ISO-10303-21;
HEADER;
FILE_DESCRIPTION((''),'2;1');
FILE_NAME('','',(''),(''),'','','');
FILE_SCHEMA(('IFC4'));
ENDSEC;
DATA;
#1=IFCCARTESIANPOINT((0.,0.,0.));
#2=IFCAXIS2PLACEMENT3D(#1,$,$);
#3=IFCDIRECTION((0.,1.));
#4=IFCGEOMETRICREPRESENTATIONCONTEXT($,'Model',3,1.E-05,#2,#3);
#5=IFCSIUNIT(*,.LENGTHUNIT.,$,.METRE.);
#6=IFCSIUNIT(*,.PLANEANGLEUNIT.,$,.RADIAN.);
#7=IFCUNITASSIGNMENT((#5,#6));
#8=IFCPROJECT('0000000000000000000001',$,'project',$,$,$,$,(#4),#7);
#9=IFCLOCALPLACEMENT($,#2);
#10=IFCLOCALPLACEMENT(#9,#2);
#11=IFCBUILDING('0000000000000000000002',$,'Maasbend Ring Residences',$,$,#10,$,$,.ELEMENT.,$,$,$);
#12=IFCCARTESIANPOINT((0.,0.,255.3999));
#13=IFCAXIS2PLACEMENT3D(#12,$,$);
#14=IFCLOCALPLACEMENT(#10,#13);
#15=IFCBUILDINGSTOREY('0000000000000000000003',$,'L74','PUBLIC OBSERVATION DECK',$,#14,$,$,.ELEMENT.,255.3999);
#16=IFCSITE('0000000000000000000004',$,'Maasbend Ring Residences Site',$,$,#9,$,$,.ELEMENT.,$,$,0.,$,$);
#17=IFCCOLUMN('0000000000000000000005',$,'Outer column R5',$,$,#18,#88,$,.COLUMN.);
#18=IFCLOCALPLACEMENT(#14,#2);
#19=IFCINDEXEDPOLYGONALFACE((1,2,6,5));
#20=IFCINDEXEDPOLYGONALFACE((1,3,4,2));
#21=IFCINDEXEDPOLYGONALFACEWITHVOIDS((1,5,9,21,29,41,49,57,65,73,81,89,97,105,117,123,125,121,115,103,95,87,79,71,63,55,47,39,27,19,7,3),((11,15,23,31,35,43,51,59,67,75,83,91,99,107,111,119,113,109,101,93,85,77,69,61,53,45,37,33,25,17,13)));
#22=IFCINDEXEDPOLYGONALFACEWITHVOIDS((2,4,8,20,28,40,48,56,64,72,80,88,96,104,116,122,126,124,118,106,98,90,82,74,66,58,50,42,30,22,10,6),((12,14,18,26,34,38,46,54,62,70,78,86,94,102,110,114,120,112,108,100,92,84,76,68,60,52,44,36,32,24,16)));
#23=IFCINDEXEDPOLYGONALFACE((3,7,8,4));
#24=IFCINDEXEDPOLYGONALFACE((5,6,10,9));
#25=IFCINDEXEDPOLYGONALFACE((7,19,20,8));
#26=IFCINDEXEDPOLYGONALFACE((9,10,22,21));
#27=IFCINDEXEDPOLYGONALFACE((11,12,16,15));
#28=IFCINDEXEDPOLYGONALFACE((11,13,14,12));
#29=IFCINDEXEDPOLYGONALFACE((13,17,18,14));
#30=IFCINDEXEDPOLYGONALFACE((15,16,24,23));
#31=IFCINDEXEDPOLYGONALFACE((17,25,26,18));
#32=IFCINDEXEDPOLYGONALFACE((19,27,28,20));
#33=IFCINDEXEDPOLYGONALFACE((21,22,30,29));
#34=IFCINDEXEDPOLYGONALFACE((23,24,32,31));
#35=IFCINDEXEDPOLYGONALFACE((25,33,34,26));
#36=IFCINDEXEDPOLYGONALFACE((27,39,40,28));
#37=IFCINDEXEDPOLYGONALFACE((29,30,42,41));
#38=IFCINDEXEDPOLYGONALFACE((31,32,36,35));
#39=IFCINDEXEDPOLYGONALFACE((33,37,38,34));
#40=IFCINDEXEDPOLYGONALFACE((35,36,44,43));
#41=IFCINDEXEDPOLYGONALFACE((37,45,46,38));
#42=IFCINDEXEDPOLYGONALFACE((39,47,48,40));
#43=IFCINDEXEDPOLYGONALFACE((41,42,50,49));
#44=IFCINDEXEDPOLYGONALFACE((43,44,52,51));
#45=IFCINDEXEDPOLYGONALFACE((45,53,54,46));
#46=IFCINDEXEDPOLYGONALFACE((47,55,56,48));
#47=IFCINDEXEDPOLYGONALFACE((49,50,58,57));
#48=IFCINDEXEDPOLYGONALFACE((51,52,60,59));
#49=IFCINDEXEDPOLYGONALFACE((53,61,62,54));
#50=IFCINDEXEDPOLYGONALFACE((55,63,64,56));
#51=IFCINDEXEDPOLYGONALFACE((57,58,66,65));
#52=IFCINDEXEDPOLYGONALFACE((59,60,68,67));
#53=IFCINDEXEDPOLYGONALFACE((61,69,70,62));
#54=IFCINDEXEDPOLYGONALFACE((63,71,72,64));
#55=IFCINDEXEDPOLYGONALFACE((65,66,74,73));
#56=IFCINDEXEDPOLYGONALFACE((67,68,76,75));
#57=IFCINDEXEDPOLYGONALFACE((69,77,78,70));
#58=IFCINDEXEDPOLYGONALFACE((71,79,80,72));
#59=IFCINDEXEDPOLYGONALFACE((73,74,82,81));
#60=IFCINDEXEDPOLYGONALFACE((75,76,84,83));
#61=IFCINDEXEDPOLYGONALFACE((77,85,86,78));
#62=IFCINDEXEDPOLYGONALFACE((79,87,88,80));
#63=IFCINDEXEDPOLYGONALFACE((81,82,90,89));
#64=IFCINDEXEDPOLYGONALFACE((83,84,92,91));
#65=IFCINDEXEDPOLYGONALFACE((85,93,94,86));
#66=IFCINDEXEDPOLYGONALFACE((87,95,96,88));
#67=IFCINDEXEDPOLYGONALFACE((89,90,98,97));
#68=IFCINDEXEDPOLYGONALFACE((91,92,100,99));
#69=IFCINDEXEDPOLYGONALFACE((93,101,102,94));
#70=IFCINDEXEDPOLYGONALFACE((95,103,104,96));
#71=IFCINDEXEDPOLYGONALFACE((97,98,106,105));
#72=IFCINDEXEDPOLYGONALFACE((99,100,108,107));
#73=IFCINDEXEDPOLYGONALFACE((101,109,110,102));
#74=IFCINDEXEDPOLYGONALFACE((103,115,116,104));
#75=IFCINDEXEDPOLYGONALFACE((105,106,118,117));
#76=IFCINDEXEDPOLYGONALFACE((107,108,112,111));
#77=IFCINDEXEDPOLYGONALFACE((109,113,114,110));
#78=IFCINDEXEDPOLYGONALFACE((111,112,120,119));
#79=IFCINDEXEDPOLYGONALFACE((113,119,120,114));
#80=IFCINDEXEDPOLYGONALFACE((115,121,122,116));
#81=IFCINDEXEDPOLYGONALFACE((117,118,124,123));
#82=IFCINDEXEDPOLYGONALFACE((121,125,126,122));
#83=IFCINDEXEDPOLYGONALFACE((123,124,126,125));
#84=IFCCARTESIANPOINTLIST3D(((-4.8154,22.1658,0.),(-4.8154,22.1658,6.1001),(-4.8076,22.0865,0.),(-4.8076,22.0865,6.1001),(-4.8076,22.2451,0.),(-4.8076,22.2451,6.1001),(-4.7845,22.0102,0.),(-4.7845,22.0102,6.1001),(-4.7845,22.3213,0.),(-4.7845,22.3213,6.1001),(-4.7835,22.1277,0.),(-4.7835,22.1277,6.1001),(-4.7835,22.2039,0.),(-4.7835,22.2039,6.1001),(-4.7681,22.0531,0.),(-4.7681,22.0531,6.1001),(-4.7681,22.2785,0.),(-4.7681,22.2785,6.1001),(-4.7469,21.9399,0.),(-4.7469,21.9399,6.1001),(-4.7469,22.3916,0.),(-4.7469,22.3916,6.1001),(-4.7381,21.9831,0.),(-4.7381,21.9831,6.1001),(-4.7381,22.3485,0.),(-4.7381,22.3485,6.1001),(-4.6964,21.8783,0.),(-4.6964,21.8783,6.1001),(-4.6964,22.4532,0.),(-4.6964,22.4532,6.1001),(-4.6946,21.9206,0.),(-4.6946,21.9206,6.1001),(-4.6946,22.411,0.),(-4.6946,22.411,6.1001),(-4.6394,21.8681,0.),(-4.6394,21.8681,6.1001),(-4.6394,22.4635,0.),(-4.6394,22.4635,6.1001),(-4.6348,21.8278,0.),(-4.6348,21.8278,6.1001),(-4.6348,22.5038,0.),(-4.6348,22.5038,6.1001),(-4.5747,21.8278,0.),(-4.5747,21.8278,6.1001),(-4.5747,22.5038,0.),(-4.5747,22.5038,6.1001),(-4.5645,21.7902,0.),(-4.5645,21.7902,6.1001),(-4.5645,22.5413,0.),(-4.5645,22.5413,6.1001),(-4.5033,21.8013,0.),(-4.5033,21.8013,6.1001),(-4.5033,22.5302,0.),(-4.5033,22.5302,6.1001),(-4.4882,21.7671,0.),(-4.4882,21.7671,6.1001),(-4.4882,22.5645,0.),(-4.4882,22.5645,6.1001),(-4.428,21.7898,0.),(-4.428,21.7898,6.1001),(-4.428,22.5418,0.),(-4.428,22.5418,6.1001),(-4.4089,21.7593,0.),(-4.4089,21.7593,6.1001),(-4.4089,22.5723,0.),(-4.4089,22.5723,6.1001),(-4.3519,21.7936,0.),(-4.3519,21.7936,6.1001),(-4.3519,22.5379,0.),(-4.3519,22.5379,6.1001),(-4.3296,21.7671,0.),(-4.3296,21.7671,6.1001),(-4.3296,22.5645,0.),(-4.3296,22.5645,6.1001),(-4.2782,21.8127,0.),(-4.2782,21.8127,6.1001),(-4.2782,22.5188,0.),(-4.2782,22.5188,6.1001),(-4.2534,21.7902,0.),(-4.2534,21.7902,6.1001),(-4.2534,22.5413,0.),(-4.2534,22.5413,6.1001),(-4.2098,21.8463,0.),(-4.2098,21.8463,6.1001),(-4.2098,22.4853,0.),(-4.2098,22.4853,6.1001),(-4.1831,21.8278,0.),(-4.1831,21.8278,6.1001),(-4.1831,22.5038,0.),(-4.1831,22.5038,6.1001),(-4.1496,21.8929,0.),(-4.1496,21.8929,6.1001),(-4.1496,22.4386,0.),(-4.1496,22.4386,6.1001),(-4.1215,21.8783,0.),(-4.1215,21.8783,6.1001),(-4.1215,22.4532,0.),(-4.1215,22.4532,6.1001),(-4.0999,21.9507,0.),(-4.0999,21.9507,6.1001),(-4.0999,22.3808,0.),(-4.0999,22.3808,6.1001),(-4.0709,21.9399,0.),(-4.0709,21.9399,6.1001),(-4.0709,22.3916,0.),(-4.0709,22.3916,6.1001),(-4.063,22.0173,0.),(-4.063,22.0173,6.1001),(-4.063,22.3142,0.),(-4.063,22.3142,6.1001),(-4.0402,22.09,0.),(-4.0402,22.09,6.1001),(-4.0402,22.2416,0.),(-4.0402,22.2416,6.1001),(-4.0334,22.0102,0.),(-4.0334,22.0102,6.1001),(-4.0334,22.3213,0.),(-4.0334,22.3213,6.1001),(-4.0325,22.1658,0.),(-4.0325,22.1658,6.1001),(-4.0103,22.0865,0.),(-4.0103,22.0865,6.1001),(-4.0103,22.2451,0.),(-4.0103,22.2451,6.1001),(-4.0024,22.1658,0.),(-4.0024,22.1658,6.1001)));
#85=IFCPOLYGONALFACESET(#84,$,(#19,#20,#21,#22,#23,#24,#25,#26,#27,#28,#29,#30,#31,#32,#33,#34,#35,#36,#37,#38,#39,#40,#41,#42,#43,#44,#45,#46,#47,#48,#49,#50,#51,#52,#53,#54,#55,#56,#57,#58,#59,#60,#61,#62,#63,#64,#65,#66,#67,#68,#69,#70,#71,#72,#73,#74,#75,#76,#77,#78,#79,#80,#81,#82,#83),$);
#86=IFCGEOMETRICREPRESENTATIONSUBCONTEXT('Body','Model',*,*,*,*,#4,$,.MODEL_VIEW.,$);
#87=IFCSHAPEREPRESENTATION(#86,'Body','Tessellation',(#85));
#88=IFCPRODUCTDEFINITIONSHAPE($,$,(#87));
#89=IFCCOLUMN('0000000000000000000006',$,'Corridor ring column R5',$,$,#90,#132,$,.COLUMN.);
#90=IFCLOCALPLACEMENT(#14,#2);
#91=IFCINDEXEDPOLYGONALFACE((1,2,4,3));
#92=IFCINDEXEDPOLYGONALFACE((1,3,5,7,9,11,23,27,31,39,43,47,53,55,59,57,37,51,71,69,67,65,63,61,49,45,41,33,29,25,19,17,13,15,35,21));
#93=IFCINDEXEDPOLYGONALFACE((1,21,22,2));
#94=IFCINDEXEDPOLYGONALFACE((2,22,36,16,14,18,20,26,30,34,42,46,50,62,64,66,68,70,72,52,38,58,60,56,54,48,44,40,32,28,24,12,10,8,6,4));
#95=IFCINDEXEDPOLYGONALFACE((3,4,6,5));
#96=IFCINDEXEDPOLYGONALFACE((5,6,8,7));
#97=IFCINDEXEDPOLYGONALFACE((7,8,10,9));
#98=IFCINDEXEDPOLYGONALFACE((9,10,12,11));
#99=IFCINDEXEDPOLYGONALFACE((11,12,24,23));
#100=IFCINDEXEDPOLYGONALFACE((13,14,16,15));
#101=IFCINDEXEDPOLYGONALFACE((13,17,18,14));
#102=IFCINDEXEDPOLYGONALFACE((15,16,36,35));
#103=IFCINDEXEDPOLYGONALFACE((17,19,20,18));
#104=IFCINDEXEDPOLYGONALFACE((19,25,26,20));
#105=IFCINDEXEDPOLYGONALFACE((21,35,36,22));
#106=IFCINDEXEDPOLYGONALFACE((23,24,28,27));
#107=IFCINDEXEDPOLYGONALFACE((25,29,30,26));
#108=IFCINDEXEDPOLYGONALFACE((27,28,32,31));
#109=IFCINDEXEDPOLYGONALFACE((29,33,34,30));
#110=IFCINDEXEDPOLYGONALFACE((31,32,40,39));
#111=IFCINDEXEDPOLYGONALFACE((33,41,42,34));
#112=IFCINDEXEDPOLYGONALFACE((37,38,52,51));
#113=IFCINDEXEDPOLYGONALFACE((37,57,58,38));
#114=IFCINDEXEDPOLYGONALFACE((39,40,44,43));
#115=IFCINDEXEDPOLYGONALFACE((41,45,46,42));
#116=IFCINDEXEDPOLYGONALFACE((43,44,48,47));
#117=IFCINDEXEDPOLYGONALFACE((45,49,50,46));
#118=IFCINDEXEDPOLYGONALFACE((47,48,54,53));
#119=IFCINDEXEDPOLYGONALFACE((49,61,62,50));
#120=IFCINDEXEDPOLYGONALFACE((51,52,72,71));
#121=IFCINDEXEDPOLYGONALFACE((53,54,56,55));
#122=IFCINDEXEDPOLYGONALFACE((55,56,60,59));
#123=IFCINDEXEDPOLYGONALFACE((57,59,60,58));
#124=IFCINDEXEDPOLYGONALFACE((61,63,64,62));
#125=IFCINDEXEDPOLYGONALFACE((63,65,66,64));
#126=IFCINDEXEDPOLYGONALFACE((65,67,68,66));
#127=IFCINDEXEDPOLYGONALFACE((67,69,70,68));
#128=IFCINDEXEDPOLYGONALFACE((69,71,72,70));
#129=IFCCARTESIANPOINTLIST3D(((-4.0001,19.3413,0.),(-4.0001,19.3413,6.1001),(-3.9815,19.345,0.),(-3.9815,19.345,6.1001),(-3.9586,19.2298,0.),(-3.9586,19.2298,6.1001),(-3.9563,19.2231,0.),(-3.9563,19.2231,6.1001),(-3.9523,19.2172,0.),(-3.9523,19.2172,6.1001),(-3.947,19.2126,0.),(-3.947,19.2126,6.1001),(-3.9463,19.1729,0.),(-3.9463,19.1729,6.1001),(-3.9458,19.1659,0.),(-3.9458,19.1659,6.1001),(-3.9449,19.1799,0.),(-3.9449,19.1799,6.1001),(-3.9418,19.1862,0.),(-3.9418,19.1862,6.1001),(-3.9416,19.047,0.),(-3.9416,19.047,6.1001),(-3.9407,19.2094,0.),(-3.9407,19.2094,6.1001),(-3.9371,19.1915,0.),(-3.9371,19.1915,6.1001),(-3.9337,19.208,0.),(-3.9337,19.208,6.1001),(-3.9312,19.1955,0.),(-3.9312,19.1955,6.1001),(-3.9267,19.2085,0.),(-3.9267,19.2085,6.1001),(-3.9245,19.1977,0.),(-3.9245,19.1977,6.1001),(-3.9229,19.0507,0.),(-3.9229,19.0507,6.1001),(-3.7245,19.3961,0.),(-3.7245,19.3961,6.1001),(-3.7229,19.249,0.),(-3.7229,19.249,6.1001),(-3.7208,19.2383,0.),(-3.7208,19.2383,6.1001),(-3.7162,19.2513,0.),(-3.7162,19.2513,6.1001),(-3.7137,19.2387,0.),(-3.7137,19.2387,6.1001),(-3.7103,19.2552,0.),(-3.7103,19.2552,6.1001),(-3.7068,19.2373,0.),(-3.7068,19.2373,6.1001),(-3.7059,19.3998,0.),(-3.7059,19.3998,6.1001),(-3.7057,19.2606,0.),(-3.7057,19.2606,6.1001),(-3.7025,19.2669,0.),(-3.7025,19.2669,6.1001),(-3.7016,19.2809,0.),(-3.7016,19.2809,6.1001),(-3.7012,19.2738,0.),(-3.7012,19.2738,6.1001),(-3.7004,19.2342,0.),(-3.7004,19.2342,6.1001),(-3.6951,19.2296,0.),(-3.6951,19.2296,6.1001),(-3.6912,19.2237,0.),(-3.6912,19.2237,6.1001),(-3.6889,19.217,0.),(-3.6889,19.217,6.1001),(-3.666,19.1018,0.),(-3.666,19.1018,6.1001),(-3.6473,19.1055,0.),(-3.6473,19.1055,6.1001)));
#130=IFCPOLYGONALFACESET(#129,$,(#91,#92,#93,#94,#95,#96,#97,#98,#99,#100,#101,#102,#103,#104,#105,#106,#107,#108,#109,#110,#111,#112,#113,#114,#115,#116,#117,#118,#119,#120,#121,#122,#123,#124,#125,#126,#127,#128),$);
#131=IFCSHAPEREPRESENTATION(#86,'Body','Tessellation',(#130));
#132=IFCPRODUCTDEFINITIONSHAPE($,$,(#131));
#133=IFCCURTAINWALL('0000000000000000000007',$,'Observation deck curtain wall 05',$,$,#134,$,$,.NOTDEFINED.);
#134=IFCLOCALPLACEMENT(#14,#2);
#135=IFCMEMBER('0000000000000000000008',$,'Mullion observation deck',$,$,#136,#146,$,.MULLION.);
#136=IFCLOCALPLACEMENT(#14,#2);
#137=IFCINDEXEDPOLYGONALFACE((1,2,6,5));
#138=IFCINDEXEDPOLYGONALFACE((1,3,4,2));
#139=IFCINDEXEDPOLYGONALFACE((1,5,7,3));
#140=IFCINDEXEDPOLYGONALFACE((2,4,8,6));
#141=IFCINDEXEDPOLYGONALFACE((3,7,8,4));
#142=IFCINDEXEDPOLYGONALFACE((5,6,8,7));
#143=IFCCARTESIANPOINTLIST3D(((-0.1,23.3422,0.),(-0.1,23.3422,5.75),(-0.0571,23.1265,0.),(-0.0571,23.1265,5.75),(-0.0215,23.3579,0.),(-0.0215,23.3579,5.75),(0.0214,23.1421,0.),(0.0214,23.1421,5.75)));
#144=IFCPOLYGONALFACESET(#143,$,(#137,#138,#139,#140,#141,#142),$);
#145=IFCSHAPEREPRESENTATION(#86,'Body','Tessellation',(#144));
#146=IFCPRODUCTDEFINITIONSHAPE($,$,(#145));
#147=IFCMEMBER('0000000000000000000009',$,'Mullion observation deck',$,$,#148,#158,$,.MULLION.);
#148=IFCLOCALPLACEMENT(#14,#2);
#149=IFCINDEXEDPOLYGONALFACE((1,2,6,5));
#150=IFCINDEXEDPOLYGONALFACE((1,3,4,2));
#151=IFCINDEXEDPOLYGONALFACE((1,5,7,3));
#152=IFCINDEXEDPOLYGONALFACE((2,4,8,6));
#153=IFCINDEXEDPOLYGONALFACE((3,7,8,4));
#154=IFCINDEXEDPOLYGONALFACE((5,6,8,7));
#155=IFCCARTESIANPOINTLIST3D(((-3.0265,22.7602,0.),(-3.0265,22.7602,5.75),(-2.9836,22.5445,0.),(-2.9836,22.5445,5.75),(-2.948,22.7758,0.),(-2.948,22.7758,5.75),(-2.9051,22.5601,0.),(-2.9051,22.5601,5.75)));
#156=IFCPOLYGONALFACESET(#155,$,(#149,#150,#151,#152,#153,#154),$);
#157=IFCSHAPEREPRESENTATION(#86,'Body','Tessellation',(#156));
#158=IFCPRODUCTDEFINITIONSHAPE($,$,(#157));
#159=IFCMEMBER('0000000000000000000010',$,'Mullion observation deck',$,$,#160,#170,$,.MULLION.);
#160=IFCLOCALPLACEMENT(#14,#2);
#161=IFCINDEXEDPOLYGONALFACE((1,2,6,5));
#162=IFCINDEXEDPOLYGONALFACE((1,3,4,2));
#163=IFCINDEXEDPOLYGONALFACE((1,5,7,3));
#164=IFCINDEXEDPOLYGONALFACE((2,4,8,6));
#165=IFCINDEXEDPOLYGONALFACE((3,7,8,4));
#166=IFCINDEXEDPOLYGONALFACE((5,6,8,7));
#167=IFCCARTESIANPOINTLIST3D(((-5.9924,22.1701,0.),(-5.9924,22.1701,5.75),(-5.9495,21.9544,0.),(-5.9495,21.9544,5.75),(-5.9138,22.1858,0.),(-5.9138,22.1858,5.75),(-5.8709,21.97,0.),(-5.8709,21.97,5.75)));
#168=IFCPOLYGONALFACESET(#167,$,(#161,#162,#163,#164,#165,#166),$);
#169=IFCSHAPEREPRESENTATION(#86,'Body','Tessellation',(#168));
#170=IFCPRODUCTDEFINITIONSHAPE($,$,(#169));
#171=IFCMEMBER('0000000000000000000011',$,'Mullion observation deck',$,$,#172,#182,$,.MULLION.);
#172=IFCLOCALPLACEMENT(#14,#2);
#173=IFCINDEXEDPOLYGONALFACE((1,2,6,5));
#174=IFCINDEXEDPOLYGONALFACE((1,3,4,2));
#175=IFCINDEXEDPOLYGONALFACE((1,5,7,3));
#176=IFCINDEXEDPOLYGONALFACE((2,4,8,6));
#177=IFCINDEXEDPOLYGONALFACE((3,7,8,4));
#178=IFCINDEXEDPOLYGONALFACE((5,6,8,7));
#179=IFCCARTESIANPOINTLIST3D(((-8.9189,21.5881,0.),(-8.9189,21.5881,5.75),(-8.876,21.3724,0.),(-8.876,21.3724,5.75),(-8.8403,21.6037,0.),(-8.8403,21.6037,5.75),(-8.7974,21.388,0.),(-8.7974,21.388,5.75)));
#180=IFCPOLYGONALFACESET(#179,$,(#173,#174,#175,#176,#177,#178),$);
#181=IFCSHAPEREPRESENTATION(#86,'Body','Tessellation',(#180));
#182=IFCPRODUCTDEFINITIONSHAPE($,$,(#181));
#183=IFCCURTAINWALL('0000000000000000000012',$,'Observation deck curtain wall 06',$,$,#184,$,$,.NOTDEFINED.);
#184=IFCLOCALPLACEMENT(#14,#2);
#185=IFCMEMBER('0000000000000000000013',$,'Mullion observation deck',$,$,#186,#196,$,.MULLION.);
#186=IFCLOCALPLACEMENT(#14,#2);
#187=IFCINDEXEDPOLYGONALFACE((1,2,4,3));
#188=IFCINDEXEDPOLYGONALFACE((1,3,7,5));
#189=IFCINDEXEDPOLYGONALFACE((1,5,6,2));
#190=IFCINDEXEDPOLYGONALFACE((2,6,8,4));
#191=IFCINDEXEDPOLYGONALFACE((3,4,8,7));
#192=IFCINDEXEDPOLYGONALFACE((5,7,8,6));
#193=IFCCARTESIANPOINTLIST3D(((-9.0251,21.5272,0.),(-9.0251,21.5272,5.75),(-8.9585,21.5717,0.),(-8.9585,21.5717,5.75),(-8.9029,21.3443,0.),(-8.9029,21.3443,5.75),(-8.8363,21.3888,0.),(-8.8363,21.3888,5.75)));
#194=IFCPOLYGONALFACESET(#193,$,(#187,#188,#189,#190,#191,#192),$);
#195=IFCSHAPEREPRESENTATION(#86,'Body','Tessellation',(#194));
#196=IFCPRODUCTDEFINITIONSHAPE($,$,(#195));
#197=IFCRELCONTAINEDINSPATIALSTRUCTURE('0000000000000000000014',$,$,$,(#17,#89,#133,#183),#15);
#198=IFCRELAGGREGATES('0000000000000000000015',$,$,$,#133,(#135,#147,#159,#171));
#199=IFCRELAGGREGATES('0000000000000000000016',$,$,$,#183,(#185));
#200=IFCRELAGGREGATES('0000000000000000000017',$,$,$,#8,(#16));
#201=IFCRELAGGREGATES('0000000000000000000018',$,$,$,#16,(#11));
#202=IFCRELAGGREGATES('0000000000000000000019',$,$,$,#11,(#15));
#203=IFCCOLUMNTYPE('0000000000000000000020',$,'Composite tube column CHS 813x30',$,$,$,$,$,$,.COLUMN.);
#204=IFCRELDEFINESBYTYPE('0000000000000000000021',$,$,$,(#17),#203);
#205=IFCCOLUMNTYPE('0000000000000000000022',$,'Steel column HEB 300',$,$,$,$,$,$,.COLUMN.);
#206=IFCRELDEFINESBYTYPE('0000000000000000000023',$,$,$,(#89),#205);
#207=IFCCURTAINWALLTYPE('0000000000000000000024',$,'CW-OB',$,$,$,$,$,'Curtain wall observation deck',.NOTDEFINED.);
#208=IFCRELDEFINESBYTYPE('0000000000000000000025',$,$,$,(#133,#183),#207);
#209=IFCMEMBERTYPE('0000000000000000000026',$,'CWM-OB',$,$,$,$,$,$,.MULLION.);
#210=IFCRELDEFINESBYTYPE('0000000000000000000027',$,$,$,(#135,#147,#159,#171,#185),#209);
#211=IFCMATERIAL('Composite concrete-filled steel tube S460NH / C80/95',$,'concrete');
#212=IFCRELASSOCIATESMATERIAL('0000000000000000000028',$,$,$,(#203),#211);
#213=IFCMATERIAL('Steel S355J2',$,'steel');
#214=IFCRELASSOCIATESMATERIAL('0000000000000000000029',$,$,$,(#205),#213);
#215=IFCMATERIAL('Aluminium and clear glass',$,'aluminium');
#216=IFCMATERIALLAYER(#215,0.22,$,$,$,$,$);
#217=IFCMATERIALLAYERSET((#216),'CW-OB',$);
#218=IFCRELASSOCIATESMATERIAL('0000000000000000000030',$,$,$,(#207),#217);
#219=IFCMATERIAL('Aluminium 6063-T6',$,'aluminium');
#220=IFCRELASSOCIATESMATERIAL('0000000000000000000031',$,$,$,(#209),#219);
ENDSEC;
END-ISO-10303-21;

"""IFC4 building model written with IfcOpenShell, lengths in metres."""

from ifc_helpers import new_model, si_unit, direction, frame, origin, origin_2d, place, context, subcontext, project, spatial, rectangle, hollow_circle, i_section, extrude, material, layer, layer_set, material_profile, profile_set, type_object, element, aggregate, save


model = new_model("IFC4")

# Units and contexts
model_context = context("Model", 3, precision=1e-05, world=origin(), true_north=direction((0.0, 1.0)))
body_context = subcontext(model_context, "Body", "Model", "MODEL_VIEW")
ifc_project = project(units=[si_unit("LENGTHUNIT", "METRE"), si_unit("PLANEANGLEUNIT", "RADIAN")], contexts=[model_context])

# Site, building, storey
site_placement = place(None, origin())
site = spatial("IfcSite", under=ifc_project, at=site_placement, Name="Maasbend Ring Residences Site", CompositionType="ELEMENT", RefElevation=0.0)
building_placement = place(site_placement, origin())
building = spatial("IfcBuilding", under=site, at=building_placement, Name="Maasbend Ring Residences", CompositionType="ELEMENT")
storey_placement = place(building_placement, frame((0.0, 0.0, 255.3999)))
storey = spatial("IfcBuildingStorey", under=building, at=storey_placement, Name="L74", Description="PUBLIC OBSERVATION DECK", CompositionType="ELEMENT", Elevation=255.3999)

# Columns
ifc_material_1 = material(Name="Composite concrete-filled steel tube S460NH / C80/95", Category="concrete")
ifc_material_profile_1 = material_profile(ifc_material_1, hollow_circle(Radius=0.4065, WallThickness=0.03, at=origin_2d()), Name="Composite tube column CHS 813x30")
ifc_profile_set_1 = profile_set([ifc_material_profile_1], Name="Composite concrete-filled steel tube S460NH / C80/95")
column_type_1 = type_object("IfcColumnType", Name="Composite tube column CHS 813x30", PredefinedType="COLUMN", material=ifc_profile_set_1)
column_1_placement = place(storey_placement, frame((-4.4089, 22.1658, 0.0), z_axis=(0.0, 0.0, 1.0), x_axis=(1.0, 0.0, 0.0)))
element("IfcColumn", 1, at=column_1_placement, inside=storey, type_object=column_type_1, Name="Outer column R5", PredefinedType="COLUMN", context=body_context, shape_type="SweptSolid", body=[
    extrude(hollow_circle(Radius=0.4065, WallThickness=0.03, at=origin_2d()), origin(), (0.0, 0.0, 1.0), 6.1001),
])
ifc_material_2 = material(Name="Steel S355J2", Category="steel")
ifc_material_profile_2 = material_profile(ifc_material_2, i_section(OverallWidth=0.3, OverallDepth=0.3, WebThickness=0.011, FlangeThickness=0.019, FilletRadius=0.0271, at=origin_2d()), Name="HEB 300")
ifc_profile_set_2 = profile_set([ifc_material_profile_2], Name="Steel S355J2")
column_type_2 = type_object("IfcColumnType", Name="Steel column HEB 300", PredefinedType="COLUMN", material=ifc_profile_set_2)
column_2_placement = place(storey_placement, frame((-3.8237, 19.2234, 0.0), z_axis=(0.0, 0.0, 1.0), x_axis=(-0.19509, 0.980785, 0.0)))
element("IfcColumn", 2, at=column_2_placement, inside=storey, type_object=column_type_2, Name="Corridor ring column R5", PredefinedType="COLUMN", context=body_context, shape_type="SweptSolid", body=[
    extrude(i_section(OverallWidth=0.3, OverallDepth=0.3, WebThickness=0.011, FlangeThickness=0.019, FilletRadius=0.0271, at=origin_2d()), origin(), (0.0, 0.0, 1.0), 6.1001),
])

# Curtain walls, members
ifc_material_3 = material(Name="Aluminium and clear glass", Category="aluminium")
ifc_layer_1 = layer(ifc_material_3, 0.22)
ifc_layer_set_1 = layer_set([ifc_layer_1], Name="CW-OB")
curtain_wall_type = type_object("IfcCurtainWallType", Name="CW-OB", ElementType="Curtain wall observation deck", PredefinedType="NOTDEFINED", material=ifc_layer_set_1)
curtain_wall_1_placement = place(storey_placement, origin())
curtain_wall_1 = element("IfcCurtainWall", 3, at=curtain_wall_1_placement, inside=storey, type_object=curtain_wall_type, Name="Observation deck curtain wall 05", PredefinedType="NOTDEFINED")
ifc_material_4 = material(Name="Aluminium 6063-T6", Category="aluminium")
ifc_material_profile_3 = material_profile(ifc_material_4, rectangle(XDim=0.22, YDim=0.0801, at=origin_2d()), Name="AL 220x80")
ifc_profile_set_3 = profile_set([ifc_material_profile_3], Name="Aluminium 6063-T6")
member_type_1 = type_object("IfcMemberType", Name="CWM-OB", PredefinedType="MULLION", material=ifc_profile_set_3)
member_1_placement = place(storey_placement, frame((-0.0393, 23.2422, 0.0), z_axis=(0.0, 0.0, 1.0), x_axis=(0.19509, -0.980785, 0.0)))
member_1 = element("IfcMember", 4, at=member_1_placement, type_object=member_type_1, Name="Mullion observation deck", PredefinedType="MULLION", context=body_context, shape_type="SweptSolid", body=[
    extrude(rectangle(XDim=0.22, YDim=0.0801, at=origin_2d()), origin(), (0.0, 0.0, 1.0), 5.75),
])
member_2_placement = place(storey_placement, frame((-2.9658, 22.6602, 0.0), z_axis=(0.0, 0.0, 1.0), x_axis=(0.19509, -0.980785, 0.0)))
member_2 = element("IfcMember", 5, at=member_2_placement, type_object=member_type_1, Name="Mullion observation deck", PredefinedType="MULLION", context=body_context, shape_type="SweptSolid", body=[
    extrude(rectangle(XDim=0.22, YDim=0.0801, at=origin_2d()), origin(), (0.0, 0.0, 1.0), 5.75),
])
member_3_placement = place(storey_placement, frame((-5.9316, 22.0701, 0.0), z_axis=(0.0, 0.0, 1.0), x_axis=(0.19509, -0.980785, 0.0)))
member_3 = element("IfcMember", 6, at=member_3_placement, type_object=member_type_1, Name="Mullion observation deck", PredefinedType="MULLION", context=body_context, shape_type="SweptSolid", body=[
    extrude(rectangle(XDim=0.22, YDim=0.0801, at=origin_2d()), origin(), (0.0, 0.0, 1.0), 5.75),
])
member_4_placement = place(storey_placement, frame((-8.8582, 21.488, 0.0), z_axis=(0.0, 0.0, 1.0), x_axis=(0.19509, -0.980785, 0.0)))
member_4 = element("IfcMember", 7, at=member_4_placement, type_object=member_type_1, Name="Mullion observation deck", PredefinedType="MULLION", context=body_context, shape_type="SweptSolid", body=[
    extrude(rectangle(XDim=0.22, YDim=0.0801, at=origin_2d()), origin(), (0.0, 0.0, 1.0), 5.75),
])
curtain_wall_2_placement = place(storey_placement, origin())
curtain_wall_2 = element("IfcCurtainWall", 8, at=curtain_wall_2_placement, inside=storey, type_object=curtain_wall_type, Name="Observation deck curtain wall 06", PredefinedType="NOTDEFINED")
member_5_placement = place(storey_placement, frame((-8.9307, 21.458, 0.0), z_axis=(0.0, 0.0, 1.0), x_axis=(0.55557, -0.83147, 0.0)))
member_5 = element("IfcMember", 9, at=member_5_placement, type_object=member_type_1, Name="Mullion observation deck", PredefinedType="MULLION", context=body_context, shape_type="SweptSolid", body=[
    extrude(rectangle(XDim=0.22, YDim=0.0801, at=origin_2d()), origin(), (0.0, 0.0, 1.0), 5.75),
])

aggregate(curtain_wall_1, [member_1, member_2, member_3, member_4])
aggregate(curtain_wall_2, [member_5])

save(model, "model.ifc")
